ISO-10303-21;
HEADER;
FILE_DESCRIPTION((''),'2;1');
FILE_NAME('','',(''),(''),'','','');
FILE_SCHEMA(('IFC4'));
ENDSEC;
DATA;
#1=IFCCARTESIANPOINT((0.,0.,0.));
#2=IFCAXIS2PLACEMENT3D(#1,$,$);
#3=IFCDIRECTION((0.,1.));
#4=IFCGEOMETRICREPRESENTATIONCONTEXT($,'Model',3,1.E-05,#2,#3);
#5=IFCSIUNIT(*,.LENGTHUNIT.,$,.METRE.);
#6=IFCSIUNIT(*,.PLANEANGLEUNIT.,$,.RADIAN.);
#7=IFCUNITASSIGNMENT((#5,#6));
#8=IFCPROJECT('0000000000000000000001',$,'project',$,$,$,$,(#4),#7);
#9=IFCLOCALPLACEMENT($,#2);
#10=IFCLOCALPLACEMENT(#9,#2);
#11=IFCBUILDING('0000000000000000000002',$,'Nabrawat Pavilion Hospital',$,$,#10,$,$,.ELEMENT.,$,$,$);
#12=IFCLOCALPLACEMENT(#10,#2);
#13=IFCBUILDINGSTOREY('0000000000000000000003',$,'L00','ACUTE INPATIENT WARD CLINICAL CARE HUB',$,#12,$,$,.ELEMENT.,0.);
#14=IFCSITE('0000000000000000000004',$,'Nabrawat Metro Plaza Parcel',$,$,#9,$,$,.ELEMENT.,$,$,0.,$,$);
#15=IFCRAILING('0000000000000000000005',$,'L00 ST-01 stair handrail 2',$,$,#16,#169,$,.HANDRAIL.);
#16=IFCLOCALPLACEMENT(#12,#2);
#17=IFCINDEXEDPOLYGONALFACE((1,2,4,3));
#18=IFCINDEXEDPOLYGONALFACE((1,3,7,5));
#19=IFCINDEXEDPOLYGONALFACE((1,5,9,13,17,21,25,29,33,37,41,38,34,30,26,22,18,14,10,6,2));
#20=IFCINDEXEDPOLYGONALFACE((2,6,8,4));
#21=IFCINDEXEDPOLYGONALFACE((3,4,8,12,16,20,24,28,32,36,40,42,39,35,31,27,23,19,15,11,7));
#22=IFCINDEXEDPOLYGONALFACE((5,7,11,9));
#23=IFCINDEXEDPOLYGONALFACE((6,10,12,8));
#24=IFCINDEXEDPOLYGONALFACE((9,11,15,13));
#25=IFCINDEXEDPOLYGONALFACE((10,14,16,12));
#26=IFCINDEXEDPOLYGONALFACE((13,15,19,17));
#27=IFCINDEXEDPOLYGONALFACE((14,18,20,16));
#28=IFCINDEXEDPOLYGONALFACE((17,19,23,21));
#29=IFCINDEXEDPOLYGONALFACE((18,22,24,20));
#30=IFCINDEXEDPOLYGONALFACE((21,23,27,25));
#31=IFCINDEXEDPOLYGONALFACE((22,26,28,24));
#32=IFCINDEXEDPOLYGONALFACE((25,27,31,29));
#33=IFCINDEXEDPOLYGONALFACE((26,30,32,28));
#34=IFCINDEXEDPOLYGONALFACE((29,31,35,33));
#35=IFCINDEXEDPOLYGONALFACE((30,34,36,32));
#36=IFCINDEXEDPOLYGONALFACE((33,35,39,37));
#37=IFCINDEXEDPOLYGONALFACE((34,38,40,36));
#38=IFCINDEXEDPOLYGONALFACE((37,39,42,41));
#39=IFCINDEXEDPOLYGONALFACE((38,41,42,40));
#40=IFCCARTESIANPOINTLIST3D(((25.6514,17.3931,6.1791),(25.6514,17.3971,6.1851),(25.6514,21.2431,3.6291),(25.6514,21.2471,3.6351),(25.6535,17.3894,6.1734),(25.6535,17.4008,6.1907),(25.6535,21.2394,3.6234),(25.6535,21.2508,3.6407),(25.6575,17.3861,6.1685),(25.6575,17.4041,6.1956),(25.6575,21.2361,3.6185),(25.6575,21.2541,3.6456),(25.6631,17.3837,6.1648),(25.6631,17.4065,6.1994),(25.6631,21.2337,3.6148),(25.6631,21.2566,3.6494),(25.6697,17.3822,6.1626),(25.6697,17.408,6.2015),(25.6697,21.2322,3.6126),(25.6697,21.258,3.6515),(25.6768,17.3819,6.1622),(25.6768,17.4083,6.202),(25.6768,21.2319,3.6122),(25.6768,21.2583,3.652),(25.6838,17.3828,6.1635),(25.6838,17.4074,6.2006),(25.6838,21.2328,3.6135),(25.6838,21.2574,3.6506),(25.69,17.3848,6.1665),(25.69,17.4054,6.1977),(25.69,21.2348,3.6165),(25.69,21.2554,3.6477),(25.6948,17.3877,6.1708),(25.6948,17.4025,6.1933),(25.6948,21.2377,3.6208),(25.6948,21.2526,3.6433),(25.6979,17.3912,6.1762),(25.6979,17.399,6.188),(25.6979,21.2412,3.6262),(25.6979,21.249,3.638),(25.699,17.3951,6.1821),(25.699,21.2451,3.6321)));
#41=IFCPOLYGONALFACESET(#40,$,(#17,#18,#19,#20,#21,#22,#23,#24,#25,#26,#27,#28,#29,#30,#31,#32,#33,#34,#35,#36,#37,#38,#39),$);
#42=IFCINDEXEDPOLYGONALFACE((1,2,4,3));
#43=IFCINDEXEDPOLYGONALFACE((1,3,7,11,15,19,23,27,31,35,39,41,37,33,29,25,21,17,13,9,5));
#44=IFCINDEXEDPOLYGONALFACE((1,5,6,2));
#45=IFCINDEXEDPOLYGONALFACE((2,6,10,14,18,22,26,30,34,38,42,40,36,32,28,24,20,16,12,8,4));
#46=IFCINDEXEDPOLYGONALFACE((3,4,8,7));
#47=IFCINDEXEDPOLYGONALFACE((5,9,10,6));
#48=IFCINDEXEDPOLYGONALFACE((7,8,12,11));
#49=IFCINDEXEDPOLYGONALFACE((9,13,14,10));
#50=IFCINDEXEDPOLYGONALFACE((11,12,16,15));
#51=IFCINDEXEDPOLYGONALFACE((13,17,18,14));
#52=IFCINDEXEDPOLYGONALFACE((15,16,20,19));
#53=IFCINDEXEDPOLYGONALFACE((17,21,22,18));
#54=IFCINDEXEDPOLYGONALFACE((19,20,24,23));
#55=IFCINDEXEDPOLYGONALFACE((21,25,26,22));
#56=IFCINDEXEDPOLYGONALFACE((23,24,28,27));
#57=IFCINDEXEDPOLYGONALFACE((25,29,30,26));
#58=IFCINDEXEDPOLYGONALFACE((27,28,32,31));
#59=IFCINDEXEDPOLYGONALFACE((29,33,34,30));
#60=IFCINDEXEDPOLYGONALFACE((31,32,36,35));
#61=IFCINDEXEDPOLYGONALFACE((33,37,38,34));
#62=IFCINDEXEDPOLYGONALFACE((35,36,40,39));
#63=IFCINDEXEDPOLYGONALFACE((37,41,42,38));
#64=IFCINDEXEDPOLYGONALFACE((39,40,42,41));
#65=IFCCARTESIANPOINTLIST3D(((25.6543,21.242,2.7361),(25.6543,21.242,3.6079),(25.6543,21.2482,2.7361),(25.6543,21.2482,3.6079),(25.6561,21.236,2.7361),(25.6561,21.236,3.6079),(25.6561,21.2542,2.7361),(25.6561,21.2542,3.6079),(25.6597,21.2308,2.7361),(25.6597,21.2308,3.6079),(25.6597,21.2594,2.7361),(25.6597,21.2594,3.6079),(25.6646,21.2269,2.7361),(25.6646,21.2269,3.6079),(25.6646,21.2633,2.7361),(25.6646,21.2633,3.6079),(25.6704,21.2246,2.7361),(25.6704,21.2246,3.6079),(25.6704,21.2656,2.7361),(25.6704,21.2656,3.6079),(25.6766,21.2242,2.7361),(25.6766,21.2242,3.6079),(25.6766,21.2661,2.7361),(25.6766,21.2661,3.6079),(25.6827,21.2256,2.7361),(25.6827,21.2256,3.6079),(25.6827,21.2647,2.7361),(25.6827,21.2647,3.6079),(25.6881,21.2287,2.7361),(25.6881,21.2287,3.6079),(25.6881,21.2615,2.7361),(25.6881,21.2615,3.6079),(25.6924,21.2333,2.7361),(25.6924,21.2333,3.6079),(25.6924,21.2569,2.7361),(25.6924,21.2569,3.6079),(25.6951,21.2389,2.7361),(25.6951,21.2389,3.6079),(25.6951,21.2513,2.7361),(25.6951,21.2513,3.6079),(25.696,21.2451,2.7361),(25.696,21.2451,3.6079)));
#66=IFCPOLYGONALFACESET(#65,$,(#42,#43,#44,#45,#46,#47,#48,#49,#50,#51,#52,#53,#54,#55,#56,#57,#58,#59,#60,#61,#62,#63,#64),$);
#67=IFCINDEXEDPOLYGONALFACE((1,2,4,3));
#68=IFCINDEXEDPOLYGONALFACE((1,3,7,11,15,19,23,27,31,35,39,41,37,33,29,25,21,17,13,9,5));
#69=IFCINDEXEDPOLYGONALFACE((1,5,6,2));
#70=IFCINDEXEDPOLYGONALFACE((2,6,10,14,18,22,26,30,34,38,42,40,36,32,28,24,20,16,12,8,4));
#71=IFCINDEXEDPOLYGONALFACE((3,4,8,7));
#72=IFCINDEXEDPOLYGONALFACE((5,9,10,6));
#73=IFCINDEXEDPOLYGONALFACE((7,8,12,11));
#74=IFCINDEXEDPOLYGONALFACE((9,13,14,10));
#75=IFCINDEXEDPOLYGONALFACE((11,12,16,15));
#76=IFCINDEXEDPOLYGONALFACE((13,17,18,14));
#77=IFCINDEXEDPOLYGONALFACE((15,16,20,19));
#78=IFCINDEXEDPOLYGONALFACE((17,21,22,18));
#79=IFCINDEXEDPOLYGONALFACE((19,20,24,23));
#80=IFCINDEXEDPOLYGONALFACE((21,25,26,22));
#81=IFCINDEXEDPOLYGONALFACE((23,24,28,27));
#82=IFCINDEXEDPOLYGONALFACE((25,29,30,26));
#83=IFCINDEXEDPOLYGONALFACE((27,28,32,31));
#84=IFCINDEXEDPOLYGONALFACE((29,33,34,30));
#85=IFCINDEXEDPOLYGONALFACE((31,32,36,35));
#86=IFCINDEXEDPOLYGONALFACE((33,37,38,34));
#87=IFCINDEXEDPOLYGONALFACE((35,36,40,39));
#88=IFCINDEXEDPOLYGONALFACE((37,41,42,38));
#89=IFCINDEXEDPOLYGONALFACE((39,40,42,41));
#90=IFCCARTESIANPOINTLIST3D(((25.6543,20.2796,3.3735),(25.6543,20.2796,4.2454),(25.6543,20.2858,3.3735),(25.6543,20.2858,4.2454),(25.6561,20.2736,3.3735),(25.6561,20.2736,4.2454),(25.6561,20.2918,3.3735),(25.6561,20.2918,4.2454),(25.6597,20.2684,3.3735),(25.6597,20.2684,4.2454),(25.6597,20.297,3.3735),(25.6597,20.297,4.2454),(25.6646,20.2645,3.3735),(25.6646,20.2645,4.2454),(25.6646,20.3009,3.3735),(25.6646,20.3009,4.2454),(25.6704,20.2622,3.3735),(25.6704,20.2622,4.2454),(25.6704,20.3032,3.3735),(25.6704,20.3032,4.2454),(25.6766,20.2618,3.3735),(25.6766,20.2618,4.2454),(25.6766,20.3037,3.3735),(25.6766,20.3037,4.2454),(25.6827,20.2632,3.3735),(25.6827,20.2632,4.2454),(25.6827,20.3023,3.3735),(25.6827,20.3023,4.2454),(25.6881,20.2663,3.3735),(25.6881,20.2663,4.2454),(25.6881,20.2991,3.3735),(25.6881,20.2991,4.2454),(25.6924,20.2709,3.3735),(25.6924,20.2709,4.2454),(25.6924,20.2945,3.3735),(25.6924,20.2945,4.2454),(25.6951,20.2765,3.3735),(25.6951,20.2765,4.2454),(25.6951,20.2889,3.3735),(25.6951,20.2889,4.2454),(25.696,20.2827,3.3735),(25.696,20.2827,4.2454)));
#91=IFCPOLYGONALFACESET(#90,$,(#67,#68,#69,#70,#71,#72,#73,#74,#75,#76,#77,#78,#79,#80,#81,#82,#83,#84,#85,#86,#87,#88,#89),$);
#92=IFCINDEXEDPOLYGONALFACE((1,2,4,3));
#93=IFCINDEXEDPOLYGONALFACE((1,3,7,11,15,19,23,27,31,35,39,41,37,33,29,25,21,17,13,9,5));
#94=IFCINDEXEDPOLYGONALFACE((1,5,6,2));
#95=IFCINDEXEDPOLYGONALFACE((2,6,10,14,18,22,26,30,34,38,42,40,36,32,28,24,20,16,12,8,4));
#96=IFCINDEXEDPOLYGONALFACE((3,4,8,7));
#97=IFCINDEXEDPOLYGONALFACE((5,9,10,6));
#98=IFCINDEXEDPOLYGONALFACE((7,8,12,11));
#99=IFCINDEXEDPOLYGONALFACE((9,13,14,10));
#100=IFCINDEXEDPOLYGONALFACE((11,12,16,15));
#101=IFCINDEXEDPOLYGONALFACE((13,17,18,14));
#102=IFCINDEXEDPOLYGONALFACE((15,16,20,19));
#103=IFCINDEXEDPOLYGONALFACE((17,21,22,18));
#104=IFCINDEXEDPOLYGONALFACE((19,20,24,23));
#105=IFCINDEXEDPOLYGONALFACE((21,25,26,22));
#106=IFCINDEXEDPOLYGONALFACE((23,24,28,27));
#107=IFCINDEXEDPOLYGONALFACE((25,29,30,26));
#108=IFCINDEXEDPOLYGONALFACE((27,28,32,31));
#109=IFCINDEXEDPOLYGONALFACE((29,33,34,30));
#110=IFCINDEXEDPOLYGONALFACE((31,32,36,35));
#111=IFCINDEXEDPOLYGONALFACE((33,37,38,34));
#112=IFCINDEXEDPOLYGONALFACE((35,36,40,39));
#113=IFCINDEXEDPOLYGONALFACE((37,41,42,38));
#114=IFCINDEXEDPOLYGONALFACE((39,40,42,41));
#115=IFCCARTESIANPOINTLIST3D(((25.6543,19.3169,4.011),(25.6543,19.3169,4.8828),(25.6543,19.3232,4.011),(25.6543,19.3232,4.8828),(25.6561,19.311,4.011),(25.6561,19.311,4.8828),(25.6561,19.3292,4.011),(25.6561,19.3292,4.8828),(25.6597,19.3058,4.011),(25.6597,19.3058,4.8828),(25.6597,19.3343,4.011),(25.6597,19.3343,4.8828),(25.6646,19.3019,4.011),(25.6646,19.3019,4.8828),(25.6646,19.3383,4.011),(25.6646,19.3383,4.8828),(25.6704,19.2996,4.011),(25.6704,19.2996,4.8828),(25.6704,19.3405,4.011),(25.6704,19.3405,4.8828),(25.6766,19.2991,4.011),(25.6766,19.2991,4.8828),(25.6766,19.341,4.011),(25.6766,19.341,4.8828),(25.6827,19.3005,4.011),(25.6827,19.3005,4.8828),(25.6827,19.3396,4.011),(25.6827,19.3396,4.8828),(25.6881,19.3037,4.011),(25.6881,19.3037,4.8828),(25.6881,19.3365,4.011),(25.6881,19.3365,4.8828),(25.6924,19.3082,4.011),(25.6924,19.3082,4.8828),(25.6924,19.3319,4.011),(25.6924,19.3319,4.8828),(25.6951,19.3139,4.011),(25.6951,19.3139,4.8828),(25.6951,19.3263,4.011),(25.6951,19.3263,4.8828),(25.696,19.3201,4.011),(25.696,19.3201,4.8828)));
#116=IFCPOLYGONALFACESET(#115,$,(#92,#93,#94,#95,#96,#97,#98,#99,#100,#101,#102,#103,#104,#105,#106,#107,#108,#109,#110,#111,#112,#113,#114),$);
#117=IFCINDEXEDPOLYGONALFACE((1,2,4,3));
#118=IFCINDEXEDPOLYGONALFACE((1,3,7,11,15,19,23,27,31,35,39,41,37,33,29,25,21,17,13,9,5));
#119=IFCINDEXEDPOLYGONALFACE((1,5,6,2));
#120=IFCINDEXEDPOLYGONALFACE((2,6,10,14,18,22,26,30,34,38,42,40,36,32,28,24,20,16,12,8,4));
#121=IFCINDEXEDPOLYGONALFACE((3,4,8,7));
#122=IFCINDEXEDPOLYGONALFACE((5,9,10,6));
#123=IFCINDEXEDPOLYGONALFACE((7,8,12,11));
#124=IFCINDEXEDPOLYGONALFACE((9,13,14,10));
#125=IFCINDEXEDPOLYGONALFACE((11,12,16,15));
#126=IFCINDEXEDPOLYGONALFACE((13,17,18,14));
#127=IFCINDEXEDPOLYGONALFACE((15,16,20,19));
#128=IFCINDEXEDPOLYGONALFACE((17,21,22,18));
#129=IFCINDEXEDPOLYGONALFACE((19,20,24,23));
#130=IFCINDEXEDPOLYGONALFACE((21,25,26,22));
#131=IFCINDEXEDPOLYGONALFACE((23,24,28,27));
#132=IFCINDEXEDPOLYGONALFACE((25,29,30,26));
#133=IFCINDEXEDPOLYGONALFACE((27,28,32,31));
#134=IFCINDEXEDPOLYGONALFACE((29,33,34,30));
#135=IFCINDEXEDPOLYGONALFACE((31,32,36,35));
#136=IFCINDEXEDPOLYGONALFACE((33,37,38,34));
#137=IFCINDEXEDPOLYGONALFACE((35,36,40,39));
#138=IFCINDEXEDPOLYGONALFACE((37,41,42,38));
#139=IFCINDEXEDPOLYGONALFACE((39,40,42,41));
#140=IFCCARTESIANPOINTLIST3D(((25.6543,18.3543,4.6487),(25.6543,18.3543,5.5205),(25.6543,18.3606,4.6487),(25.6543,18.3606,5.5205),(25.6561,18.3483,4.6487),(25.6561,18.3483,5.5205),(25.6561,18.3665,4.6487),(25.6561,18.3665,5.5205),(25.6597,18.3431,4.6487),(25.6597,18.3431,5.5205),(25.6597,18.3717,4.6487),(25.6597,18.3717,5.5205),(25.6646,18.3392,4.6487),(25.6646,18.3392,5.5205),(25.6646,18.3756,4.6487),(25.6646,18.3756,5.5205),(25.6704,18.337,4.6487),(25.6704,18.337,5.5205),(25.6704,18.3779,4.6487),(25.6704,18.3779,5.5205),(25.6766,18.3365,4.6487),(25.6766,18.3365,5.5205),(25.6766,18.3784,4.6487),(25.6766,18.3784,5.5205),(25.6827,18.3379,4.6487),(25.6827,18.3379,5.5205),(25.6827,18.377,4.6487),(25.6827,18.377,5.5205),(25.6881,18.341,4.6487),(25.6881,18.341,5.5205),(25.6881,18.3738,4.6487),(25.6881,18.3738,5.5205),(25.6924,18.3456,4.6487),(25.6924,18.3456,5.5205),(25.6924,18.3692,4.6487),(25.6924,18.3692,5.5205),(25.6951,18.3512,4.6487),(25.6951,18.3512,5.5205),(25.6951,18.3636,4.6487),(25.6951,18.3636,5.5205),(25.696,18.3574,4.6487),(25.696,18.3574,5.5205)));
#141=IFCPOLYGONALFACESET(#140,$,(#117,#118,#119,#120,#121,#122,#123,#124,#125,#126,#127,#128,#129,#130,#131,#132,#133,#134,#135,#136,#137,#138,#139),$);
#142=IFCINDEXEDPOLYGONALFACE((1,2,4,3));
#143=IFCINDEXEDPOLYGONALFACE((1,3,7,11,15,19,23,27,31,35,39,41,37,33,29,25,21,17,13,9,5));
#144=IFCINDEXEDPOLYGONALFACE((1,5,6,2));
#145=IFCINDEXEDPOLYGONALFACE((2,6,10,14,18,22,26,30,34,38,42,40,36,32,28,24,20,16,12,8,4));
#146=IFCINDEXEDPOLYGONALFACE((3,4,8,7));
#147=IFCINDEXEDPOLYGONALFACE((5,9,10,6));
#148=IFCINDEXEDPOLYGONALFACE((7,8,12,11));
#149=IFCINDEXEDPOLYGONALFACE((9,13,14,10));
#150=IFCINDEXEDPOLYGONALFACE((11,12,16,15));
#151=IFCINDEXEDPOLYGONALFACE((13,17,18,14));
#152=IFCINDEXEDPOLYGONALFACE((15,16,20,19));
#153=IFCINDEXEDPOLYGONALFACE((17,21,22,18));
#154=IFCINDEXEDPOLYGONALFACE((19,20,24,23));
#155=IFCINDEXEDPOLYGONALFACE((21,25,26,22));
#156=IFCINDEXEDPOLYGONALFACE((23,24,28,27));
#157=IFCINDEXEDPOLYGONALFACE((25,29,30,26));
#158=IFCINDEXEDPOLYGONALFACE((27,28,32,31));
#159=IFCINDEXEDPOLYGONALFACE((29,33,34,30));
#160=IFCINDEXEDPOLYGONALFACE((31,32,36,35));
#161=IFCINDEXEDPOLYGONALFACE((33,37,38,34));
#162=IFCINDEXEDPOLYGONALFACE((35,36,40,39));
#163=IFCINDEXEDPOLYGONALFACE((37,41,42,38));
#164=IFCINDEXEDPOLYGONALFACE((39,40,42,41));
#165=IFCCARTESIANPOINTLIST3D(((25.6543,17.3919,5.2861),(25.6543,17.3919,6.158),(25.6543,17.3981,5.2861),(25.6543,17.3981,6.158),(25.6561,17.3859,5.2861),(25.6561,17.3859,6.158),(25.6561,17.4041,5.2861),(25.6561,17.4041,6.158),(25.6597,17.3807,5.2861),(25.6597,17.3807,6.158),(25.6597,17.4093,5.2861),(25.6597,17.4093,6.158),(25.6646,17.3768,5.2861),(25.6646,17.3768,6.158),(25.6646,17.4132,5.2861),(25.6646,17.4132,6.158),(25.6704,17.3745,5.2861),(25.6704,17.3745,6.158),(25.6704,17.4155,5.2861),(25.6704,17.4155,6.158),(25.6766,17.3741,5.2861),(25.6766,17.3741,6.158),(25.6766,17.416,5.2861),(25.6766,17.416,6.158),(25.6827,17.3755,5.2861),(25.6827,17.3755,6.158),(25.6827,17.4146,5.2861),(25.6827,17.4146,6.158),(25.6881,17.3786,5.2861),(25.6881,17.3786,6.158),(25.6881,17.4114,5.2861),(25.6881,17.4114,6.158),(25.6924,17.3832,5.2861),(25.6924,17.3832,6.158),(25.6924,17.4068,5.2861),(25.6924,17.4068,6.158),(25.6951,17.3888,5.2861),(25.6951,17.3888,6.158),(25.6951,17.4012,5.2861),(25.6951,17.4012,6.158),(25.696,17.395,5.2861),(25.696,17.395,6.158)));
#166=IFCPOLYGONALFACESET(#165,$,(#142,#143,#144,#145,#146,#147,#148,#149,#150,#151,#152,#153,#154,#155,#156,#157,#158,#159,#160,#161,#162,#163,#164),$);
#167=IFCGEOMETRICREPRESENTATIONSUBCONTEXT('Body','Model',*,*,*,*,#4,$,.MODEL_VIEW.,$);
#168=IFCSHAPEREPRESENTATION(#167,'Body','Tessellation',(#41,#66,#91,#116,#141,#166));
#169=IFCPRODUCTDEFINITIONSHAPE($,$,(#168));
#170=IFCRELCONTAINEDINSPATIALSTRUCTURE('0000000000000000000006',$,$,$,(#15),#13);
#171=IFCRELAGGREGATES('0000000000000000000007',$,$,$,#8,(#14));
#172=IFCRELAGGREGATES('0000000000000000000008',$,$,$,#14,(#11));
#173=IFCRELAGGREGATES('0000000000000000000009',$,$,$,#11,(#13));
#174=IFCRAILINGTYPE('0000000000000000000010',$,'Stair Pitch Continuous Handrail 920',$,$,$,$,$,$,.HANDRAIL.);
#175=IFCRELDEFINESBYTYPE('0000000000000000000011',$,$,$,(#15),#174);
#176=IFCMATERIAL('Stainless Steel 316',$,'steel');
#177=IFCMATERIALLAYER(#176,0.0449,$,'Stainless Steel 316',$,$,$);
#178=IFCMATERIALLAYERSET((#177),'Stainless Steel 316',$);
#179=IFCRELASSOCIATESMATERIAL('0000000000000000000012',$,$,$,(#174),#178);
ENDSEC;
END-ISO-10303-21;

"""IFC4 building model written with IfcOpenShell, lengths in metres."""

from ifc_helpers import new_model, si_unit, direction, frame, origin, origin_2d, place, context, subcontext, project, spatial, circle, extrude, material, layer, layer_set, type_object, element, save


model = new_model("IFC4")

# Units and contexts
model_context = context("Model", 3, precision=1e-05, world=origin(), true_north=direction((0.0, 1.0)))
body_context = subcontext(model_context, "Body", "Model", "MODEL_VIEW")
ifc_project = project(units=[si_unit("LENGTHUNIT", "METRE"), si_unit("PLANEANGLEUNIT", "RADIAN")], contexts=[model_context])

# Site, building, storey
site_placement = place(None, origin())
site = spatial("IfcSite", under=ifc_project, at=site_placement, Name="Nabrawat Metro Plaza Parcel", CompositionType="ELEMENT", RefElevation=0.0)
building_placement = place(site_placement, origin())
building = spatial("IfcBuilding", under=site, at=building_placement, Name="Nabrawat Pavilion Hospital", CompositionType="ELEMENT")
storey_placement = place(building_placement, origin())
storey = spatial("IfcBuildingStorey", under=building, at=storey_placement, Name="L00", Description="ACUTE INPATIENT WARD CLINICAL CARE HUB", CompositionType="ELEMENT", Elevation=0.0)

# Railing
ifc_material_1 = material(Name="Stainless Steel 316", Category="steel")
ifc_layer_1 = layer(ifc_material_1, 0.0449, Name="Stainless Steel 316")
ifc_layer_set_1 = layer_set([ifc_layer_1], Name="Stainless Steel 316")
railing_type_1 = type_object("IfcRailingType", Name="Stair Pitch Continuous Handrail 920", PredefinedType="HANDRAIL", material=ifc_layer_set_1)
railing_1_placement = place(storey_placement, frame((25.675, 21.2451, 2.7361)))
element("IfcRailing", 1, at=railing_1_placement, inside=storey, type_object=railing_type_1, Name="L00 ST-01 stair handrail 2", PredefinedType="HANDRAIL", context=body_context, shape_type="SweptSolid", body=[
    extrude(circle(Radius=0.0239, at=origin_2d()), frame((0.0, 0.0, 0.896), z_axis=(0.0, -0.833714, 0.552197), x_axis=(1.0, 0.0, 0.0)), (0.0, 0.0, 1.0), 4.6179),
    extrude(circle(Radius=0.021, at=origin_2d()), origin(), (0.0, 0.0, 1.0), 0.8718),
    extrude(circle(Radius=0.021, at=origin_2d()), frame((0.0, -0.9624, 0.6375)), (0.0, 0.0, 1.0), 0.8718),
    extrude(circle(Radius=0.021, at=origin_2d()), frame((0.0, -1.925, 1.2749)), (0.0, 0.0, 1.0), 0.8718),
    extrude(circle(Radius=0.021, at=origin_2d()), frame((0.0, -2.8877, 1.9126)), (0.0, 0.0, 1.0), 0.8718),
    extrude(circle(Radius=0.021, at=origin_2d()), frame((0.0, -3.8501, 2.55)), (0.0, 0.0, 1.0), 0.8718),
])

save(model, "model.ifc")
